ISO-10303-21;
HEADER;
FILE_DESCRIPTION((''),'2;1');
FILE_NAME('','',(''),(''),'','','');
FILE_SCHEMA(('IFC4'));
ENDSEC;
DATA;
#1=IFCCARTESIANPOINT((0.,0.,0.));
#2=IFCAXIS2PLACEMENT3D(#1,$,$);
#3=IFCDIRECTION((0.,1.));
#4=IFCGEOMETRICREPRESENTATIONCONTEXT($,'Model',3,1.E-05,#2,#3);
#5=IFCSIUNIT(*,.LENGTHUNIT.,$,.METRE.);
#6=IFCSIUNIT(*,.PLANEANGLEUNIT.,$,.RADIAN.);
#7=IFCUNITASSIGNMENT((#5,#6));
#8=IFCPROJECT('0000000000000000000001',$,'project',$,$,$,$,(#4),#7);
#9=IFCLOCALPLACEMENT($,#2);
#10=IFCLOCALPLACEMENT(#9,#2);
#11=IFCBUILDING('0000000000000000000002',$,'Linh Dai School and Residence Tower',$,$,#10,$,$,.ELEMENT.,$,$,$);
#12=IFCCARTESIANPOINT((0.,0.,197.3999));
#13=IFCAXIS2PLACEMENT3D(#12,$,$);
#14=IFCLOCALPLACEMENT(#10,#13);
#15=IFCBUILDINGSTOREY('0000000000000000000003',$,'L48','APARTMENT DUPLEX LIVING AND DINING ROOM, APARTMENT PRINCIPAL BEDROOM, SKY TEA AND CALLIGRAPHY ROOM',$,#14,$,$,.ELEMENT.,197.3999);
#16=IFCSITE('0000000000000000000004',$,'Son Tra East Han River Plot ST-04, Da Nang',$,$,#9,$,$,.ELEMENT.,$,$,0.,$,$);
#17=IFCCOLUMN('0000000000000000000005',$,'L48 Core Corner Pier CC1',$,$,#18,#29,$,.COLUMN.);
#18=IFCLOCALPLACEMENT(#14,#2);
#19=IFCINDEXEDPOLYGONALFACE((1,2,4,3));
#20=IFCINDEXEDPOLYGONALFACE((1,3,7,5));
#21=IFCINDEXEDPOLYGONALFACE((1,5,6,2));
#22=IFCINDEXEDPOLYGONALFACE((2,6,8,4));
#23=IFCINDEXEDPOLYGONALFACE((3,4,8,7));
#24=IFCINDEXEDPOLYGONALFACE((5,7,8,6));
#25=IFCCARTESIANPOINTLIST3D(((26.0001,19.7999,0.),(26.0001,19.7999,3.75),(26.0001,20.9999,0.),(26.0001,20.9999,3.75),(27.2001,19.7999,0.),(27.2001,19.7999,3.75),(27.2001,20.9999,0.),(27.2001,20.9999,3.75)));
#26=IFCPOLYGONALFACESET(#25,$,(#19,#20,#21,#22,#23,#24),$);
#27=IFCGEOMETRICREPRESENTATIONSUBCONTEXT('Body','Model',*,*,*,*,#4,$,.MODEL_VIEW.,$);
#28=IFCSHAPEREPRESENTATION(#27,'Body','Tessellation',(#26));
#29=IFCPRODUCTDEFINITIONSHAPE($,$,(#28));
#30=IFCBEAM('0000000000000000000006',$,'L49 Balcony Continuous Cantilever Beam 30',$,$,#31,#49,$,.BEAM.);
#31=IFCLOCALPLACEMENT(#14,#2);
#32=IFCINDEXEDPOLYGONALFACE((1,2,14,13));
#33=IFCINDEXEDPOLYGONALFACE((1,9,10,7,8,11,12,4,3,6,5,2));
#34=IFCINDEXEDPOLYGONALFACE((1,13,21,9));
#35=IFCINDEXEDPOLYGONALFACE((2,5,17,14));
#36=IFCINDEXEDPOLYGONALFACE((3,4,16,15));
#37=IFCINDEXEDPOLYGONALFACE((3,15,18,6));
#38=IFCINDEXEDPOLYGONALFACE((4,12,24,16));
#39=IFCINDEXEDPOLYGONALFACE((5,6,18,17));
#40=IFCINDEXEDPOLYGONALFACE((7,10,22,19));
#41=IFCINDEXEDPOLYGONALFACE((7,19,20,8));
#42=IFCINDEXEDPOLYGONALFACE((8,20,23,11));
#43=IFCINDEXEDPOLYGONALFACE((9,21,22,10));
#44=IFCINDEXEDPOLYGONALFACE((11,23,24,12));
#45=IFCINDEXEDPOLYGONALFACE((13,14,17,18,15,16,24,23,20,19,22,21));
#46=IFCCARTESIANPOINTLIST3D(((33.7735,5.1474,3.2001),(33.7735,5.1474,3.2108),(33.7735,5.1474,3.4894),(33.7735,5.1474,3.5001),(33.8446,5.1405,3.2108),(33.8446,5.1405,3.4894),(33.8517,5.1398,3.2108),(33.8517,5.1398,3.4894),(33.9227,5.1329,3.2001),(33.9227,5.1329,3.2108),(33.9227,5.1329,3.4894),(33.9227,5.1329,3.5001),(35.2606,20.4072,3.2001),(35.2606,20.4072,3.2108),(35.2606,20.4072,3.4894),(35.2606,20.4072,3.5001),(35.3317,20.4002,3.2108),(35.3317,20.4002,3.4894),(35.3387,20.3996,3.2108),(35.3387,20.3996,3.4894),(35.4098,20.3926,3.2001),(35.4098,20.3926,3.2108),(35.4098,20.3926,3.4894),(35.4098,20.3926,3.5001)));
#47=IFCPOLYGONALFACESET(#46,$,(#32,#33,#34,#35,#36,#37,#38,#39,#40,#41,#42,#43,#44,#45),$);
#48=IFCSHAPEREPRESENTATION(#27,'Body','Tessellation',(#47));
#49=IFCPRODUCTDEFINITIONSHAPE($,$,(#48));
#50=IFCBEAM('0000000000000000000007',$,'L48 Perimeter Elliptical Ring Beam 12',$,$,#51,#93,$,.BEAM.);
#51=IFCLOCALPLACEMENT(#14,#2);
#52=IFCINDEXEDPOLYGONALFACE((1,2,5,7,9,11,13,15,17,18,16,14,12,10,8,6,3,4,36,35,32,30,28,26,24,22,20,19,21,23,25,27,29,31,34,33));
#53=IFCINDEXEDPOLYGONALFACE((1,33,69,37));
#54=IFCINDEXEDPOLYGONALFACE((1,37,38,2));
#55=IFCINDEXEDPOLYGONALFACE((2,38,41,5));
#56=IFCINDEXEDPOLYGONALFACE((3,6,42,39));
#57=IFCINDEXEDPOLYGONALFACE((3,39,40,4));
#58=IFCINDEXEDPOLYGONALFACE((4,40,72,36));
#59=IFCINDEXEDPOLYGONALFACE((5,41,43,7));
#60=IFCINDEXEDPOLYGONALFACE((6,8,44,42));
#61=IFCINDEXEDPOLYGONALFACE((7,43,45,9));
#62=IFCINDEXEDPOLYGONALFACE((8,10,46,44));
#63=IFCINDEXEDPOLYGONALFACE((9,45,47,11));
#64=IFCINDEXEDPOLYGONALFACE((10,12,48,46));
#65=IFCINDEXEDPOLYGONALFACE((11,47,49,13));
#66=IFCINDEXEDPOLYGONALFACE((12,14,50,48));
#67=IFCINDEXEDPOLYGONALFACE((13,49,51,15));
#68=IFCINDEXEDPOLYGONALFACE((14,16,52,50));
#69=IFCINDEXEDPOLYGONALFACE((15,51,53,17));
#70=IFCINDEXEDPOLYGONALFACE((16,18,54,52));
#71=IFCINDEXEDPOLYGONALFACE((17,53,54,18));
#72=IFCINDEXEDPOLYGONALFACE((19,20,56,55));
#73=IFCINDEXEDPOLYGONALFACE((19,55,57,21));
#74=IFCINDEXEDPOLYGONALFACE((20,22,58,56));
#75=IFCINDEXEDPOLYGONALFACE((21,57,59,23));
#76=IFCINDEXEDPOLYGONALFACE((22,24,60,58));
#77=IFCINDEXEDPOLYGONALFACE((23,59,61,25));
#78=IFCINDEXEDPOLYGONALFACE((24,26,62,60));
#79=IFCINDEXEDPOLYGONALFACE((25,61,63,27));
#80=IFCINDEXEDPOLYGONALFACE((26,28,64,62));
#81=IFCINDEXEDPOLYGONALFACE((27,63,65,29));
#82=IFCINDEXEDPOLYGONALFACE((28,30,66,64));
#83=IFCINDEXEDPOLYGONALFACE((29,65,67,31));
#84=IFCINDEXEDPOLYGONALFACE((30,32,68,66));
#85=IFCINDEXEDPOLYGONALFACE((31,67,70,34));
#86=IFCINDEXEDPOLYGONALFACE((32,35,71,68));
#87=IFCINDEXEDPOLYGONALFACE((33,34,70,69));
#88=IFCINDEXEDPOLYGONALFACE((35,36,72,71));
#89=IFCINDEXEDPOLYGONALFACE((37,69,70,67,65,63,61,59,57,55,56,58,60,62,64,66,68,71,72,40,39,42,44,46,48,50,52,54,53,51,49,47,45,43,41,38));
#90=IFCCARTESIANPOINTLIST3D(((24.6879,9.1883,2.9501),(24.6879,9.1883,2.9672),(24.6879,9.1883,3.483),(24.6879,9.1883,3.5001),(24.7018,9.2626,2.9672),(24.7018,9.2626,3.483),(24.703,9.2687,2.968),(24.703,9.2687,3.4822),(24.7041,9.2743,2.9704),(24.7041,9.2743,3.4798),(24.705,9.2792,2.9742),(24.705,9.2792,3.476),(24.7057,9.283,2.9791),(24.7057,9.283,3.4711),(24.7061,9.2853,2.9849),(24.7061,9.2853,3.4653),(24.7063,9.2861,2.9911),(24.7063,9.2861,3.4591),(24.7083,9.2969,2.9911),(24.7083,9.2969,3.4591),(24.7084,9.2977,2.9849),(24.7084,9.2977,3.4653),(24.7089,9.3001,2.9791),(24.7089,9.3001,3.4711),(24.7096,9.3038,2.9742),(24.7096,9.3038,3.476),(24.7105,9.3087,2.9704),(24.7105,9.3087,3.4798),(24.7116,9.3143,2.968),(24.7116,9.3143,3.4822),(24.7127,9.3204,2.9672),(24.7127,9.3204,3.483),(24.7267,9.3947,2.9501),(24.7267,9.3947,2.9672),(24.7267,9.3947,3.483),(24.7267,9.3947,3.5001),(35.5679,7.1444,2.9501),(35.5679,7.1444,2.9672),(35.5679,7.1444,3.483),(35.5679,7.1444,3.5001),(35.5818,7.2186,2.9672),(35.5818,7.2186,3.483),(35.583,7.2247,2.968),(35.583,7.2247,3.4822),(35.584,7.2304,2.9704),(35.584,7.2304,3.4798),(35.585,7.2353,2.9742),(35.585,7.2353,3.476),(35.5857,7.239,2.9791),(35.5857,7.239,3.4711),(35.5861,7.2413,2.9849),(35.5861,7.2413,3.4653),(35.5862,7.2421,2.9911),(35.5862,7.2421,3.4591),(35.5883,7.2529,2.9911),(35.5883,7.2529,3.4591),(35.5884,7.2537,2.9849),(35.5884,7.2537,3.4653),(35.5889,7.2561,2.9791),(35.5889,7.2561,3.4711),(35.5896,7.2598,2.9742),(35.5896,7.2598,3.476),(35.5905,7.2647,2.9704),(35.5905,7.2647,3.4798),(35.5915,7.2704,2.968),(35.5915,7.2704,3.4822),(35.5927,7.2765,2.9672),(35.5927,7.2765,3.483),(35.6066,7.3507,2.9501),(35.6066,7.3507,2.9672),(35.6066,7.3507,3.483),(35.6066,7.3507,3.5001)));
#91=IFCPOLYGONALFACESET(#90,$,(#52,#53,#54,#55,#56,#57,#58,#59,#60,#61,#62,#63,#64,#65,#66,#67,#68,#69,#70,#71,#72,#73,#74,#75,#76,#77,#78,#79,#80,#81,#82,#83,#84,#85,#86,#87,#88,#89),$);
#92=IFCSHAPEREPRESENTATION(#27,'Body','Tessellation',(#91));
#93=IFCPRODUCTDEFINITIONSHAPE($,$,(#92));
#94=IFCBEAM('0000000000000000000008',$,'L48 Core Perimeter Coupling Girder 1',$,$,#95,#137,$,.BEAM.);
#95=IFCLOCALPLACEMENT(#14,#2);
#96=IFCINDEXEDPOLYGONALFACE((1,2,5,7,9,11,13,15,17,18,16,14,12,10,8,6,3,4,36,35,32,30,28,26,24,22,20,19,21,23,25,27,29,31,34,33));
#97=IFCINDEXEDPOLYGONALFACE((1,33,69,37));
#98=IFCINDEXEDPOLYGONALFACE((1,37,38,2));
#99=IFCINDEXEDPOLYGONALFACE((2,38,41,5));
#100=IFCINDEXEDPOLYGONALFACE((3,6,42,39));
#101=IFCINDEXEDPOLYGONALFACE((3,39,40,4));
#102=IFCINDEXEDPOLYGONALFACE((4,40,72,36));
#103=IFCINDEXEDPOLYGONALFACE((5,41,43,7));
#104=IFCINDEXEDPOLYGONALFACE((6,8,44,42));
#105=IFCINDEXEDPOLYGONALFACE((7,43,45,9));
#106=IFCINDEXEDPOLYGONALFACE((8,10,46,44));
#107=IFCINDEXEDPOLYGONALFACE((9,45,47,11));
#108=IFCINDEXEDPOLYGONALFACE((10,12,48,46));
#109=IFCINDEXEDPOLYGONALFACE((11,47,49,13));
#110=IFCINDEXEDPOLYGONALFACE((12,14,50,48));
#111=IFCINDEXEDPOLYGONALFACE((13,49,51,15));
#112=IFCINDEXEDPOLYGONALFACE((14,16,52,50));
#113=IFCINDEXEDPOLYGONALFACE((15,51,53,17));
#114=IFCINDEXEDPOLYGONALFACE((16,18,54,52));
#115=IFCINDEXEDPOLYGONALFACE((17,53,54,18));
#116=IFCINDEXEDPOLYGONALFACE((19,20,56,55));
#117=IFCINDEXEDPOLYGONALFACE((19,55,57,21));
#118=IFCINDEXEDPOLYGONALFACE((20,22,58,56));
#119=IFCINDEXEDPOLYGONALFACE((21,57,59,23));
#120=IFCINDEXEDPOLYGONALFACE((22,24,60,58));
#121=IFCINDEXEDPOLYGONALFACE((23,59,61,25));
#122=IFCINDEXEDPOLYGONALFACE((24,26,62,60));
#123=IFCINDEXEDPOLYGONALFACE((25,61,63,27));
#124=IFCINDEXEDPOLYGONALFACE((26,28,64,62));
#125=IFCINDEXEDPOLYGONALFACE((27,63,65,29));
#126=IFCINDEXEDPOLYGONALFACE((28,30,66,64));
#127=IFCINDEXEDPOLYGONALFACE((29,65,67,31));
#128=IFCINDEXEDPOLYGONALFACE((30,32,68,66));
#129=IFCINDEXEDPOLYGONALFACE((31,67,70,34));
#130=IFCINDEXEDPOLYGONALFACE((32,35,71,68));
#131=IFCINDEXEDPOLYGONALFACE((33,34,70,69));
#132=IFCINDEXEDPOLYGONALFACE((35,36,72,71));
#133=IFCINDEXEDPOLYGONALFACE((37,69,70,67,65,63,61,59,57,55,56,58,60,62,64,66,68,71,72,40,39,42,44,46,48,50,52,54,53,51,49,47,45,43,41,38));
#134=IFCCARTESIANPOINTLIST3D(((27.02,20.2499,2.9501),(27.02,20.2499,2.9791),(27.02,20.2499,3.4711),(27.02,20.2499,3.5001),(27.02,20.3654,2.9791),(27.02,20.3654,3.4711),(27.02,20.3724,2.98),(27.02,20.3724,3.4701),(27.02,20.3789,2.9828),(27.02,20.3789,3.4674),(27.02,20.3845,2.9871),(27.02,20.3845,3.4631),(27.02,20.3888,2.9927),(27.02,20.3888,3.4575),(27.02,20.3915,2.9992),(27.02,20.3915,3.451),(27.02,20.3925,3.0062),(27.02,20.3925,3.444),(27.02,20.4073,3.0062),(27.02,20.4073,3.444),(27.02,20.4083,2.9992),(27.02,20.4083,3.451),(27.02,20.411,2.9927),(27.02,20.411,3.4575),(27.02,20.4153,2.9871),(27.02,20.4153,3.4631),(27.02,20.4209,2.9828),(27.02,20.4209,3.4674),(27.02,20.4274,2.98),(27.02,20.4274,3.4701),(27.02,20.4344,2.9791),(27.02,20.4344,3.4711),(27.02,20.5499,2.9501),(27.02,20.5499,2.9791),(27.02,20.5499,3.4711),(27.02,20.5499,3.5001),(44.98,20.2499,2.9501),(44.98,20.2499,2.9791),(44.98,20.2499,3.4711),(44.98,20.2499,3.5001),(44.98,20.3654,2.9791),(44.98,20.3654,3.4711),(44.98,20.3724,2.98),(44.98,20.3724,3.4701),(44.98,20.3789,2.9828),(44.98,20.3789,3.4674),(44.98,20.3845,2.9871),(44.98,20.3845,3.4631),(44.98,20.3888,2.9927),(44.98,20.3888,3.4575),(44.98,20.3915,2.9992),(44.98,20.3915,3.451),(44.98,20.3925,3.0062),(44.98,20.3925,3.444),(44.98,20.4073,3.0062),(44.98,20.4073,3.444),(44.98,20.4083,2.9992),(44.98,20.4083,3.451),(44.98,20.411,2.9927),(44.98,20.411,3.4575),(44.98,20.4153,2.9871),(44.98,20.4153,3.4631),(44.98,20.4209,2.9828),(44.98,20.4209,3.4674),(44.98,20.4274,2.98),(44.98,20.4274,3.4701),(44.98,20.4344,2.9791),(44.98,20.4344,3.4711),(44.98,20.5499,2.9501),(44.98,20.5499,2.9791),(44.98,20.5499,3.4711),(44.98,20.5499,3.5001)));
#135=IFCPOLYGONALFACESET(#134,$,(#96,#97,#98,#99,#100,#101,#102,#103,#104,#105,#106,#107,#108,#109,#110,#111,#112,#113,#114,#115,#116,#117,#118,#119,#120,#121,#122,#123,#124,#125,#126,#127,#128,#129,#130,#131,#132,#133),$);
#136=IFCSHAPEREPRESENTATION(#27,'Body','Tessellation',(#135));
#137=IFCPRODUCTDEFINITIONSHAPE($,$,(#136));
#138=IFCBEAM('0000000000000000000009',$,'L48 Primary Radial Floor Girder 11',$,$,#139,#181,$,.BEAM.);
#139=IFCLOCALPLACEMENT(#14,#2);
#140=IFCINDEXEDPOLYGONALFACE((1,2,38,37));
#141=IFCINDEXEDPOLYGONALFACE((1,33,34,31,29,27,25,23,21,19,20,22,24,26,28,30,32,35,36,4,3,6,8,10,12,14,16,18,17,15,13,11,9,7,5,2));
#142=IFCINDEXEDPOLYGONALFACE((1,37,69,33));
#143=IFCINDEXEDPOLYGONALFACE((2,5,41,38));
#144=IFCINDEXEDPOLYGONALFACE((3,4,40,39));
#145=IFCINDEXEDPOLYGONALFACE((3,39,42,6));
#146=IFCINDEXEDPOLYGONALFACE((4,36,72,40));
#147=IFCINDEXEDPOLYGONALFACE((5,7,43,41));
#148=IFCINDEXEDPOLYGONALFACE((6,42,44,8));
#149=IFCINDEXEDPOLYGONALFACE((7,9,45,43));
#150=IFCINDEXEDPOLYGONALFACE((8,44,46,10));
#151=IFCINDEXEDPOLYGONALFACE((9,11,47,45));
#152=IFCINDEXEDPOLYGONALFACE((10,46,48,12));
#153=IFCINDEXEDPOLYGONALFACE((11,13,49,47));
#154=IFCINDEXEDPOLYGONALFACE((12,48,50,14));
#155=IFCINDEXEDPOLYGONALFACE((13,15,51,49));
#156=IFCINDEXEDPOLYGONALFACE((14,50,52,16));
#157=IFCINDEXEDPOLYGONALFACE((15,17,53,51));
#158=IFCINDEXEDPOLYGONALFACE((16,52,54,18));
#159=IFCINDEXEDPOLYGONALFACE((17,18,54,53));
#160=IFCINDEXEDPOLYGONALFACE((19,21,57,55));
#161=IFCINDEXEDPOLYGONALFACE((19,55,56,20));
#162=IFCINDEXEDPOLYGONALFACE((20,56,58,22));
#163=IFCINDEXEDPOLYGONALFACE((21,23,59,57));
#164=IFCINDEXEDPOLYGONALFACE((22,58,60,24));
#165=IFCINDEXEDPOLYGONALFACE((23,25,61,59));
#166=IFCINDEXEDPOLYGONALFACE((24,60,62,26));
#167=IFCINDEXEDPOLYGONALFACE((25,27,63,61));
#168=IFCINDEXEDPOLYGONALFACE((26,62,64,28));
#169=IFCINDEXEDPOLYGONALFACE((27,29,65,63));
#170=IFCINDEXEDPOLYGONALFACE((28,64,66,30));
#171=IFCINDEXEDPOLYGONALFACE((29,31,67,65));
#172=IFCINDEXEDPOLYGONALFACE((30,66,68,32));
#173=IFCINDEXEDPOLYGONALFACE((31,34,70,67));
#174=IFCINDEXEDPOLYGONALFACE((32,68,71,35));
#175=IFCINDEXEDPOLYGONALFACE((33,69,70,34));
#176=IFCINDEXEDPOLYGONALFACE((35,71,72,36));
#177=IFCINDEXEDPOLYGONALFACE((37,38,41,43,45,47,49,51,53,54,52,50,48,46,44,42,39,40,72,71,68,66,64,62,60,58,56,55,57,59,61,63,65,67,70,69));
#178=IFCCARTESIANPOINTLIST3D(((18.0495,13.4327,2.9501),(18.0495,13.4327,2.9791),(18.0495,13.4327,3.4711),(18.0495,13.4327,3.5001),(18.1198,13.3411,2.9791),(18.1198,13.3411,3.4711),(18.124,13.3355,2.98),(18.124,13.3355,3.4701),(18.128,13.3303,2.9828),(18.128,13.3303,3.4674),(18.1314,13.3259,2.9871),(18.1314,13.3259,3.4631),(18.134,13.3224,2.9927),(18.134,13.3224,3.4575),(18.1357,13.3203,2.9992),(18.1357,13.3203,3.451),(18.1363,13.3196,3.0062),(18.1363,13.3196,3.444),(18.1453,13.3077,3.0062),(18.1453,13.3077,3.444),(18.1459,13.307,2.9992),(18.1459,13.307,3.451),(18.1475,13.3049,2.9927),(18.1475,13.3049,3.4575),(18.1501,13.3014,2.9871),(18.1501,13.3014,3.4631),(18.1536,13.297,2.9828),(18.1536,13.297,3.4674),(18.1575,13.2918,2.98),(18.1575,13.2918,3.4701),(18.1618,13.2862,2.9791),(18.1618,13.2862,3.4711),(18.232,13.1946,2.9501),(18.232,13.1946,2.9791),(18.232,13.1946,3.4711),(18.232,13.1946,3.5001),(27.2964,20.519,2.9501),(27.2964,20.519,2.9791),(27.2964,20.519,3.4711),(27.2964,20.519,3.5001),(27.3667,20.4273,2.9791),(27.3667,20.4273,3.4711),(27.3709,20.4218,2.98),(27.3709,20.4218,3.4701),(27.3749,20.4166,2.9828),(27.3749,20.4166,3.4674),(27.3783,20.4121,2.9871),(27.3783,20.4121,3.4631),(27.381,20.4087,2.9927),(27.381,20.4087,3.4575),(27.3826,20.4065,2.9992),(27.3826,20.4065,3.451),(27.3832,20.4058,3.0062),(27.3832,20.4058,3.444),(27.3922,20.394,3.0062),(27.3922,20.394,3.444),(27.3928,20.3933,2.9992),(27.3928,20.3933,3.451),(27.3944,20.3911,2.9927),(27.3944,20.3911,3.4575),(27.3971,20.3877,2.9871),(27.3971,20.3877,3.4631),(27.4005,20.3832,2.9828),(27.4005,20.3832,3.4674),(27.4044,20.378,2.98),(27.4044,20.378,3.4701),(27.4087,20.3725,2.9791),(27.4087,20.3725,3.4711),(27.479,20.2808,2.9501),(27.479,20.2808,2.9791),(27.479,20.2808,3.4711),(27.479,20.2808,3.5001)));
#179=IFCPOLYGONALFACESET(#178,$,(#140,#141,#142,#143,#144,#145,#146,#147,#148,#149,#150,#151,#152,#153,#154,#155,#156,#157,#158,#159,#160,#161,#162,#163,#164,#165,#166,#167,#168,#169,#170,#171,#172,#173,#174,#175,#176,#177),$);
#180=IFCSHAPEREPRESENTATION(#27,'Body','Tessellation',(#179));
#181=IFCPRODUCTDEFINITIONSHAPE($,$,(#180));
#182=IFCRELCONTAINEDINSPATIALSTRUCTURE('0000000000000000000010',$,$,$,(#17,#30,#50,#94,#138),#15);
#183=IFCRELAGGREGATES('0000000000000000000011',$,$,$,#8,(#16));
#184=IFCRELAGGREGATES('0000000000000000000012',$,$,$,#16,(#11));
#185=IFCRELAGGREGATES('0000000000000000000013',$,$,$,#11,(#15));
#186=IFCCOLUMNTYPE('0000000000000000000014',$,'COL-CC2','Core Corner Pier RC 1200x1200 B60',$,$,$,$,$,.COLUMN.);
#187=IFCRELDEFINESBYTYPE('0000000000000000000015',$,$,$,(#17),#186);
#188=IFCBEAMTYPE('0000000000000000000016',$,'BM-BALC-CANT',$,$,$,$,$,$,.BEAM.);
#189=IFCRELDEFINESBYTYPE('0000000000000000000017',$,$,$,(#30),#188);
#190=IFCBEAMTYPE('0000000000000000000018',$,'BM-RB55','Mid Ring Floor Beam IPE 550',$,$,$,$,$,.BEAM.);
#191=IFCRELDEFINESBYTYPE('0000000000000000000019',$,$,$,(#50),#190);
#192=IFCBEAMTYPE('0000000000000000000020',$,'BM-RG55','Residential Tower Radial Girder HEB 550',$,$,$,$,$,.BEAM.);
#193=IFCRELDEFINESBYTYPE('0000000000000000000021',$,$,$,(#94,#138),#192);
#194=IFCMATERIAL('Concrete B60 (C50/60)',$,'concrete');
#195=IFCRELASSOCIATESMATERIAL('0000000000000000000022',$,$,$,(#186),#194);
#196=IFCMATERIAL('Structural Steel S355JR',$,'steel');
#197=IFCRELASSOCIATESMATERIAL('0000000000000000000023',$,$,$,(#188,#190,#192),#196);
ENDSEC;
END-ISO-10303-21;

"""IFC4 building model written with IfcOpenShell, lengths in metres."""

from ifc_helpers import new_model, si_unit, direction, frame, origin, origin_2d, place, context, subcontext, project, spatial, rectangle, i_section, extrude, material, material_profile, profile_set, type_object, element, save


model = new_model("IFC4")

# Units and contexts
model_context = context("Model", 3, precision=1e-05, world=origin(), true_north=direction((0.0, 1.0)))
body_context = subcontext(model_context, "Body", "Model", "MODEL_VIEW")
ifc_project = project(units=[si_unit("LENGTHUNIT", "METRE"), si_unit("PLANEANGLEUNIT", "RADIAN")], contexts=[model_context])

# Site, building, storey
site_placement = place(None, origin())
site = spatial("IfcSite", under=ifc_project, at=site_placement, Name="Son Tra East Han River Plot ST-04, Da Nang", CompositionType="ELEMENT", RefElevation=0.0)
building_placement = place(site_placement, origin())
building = spatial("IfcBuilding", under=site, at=building_placement, Name="Linh Dai School and Residence Tower", CompositionType="ELEMENT")
storey_placement = place(building_placement, frame((0.0, 0.0, 197.3999)))
storey = spatial("IfcBuildingStorey", under=building, at=storey_placement, Name="L48", Description="APARTMENT DUPLEX LIVING AND DINING ROOM, APARTMENT PRINCIPAL BEDROOM, SKY TEA AND CALLIGRAPHY ROOM", CompositionType="ELEMENT", Elevation=197.3999)

# Column
ifc_material_1 = material(Name="Concrete B60 (C50/60)", Category="concrete")
ifc_material_profile_1 = material_profile(ifc_material_1, rectangle(XDim=1.2, YDim=1.2, at=origin_2d()), Name="RC 1200x1200")
ifc_profile_set_1 = profile_set([ifc_material_profile_1], Name="Concrete B60 (C50/60)")
column_type = type_object("IfcColumnType", Name="COL-CC2", Description="Core Corner Pier RC 1200x1200 B60", PredefinedType="COLUMN", material=ifc_profile_set_1)
column_placement = place(storey_placement, frame((26.6001, 20.3999, 0.0), z_axis=(0.0, 0.0, 1.0), x_axis=(1.0, 0.0, 0.0)))
element("IfcColumn", 1, at=column_placement, inside=storey, type_object=column_type, Name="L48 Core Corner Pier CC1", PredefinedType="COLUMN", context=body_context, shape_type="SweptSolid", body=[
    extrude(rectangle(XDim=1.2, YDim=1.2, at=origin_2d()), origin(), (0.0, 0.0, 1.0), 3.75),
])

# Beams
ifc_material_2 = material(Name="Structural Steel S355JR", Category="steel")
ifc_material_profile_2 = material_profile(ifc_material_2, i_section(OverallWidth=0.1499, OverallDepth=0.3, WebThickness=0.0071, FlangeThickness=0.0107, at=origin_2d()), Name="IPE 300")
ifc_profile_set_2 = profile_set([ifc_material_profile_2], Name="Structural Steel S355JR")
beam_type_1 = type_object("IfcBeamType", Name="BM-BALC-CANT", PredefinedType="BEAM", material=ifc_profile_set_2)
beam_1_placement = place(storey_placement, frame((35.3352, 20.3999, 3.3501), z_axis=(-0.09699, -0.995285, 0.0), x_axis=(0.995285, -0.09699, 0.0)))
element("IfcBeam", 2, at=beam_1_placement, inside=storey, type_object=beam_type_1, Name="L49 Balcony Continuous Cantilever Beam 30", PredefinedType="BEAM", context=body_context, shape_type="SweptSolid", body=[
    extrude(i_section(OverallWidth=0.1499, OverallDepth=0.3, WebThickness=0.0071, FlangeThickness=0.0107, at=origin_2d()), origin(), (0.0, 0.0, 1.0), 15.332),
])
ifc_material_profile_3 = material_profile(ifc_material_2, i_section(OverallWidth=0.21, OverallDepth=0.55, WebThickness=0.011, FlangeThickness=0.0171, FilletRadius=0.0239, at=origin_2d()), Name="IPE 550")
ifc_profile_set_3 = profile_set([ifc_material_profile_3], Name="Structural Steel S355JR")
beam_type_2 = type_object("IfcBeamType", Name="BM-RB55", Description="Mid Ring Floor Beam IPE 550", PredefinedType="BEAM", material=ifc_profile_set_3)
beam_2_placement = place(storey_placement, frame((24.7073, 9.2915, 3.2251), z_axis=(0.982807, -0.184635, 0.0), x_axis=(0.184635, 0.982807, 0.0)))
element("IfcBeam", 3, at=beam_2_placement, inside=storey, type_object=beam_type_2, Name="L48 Perimeter Elliptical Ring Beam 12", PredefinedType="BEAM", context=body_context, shape_type="SweptSolid", body=[
    extrude(i_section(OverallWidth=0.21, OverallDepth=0.55, WebThickness=0.011, FlangeThickness=0.0171, FilletRadius=0.0239, at=origin_2d()), origin(), (0.0, 0.0, 1.0), 11.0703),
])
ifc_material_profile_4 = material_profile(ifc_material_2, i_section(OverallWidth=0.3, OverallDepth=0.55, WebThickness=0.0149, FlangeThickness=0.0291, FilletRadius=0.0271, at=origin_2d()), Name="HEB 550")
ifc_profile_set_4 = profile_set([ifc_material_profile_4], Name="Structural Steel S355JR")
beam_type_3 = type_object("IfcBeamType", Name="BM-RG55", Description="Residential Tower Radial Girder HEB 550", PredefinedType="BEAM", material=ifc_profile_set_4)
beam_3_placement = place(storey_placement, frame((27.02, 20.3999, 3.2251), z_axis=(1.0, 0.0, 0.0), x_axis=(0.0, 1.0, 0.0)))
element("IfcBeam", 4, at=beam_3_placement, inside=storey, type_object=beam_type_3, Name="L48 Core Perimeter Coupling Girder 1", PredefinedType="BEAM", context=body_context, shape_type="SweptSolid", body=[
    extrude(i_section(OverallWidth=0.3, OverallDepth=0.55, WebThickness=0.0149, FlangeThickness=0.0291, FilletRadius=0.0271, at=origin_2d()), origin(), (0.0, 0.0, 1.0), 17.96),
])
beam_4_placement = place(storey_placement, frame((27.3877, 20.3999, 3.2251), z_axis=(-0.793733, -0.608267, 0.0), x_axis=(0.608267, -0.793733, 0.0)))
element("IfcBeam", 5, at=beam_4_placement, inside=storey, type_object=beam_type_3, Name="L48 Primary Radial Floor Girder 11", PredefinedType="BEAM", context=body_context, shape_type="SweptSolid", body=[
    extrude(i_section(OverallWidth=0.3, OverallDepth=0.55, WebThickness=0.0149, FlangeThickness=0.0291, FilletRadius=0.0271, at=origin_2d()), origin(), (0.0, 0.0, 1.0), 11.6499),
])

save(model, "model.ifc")
